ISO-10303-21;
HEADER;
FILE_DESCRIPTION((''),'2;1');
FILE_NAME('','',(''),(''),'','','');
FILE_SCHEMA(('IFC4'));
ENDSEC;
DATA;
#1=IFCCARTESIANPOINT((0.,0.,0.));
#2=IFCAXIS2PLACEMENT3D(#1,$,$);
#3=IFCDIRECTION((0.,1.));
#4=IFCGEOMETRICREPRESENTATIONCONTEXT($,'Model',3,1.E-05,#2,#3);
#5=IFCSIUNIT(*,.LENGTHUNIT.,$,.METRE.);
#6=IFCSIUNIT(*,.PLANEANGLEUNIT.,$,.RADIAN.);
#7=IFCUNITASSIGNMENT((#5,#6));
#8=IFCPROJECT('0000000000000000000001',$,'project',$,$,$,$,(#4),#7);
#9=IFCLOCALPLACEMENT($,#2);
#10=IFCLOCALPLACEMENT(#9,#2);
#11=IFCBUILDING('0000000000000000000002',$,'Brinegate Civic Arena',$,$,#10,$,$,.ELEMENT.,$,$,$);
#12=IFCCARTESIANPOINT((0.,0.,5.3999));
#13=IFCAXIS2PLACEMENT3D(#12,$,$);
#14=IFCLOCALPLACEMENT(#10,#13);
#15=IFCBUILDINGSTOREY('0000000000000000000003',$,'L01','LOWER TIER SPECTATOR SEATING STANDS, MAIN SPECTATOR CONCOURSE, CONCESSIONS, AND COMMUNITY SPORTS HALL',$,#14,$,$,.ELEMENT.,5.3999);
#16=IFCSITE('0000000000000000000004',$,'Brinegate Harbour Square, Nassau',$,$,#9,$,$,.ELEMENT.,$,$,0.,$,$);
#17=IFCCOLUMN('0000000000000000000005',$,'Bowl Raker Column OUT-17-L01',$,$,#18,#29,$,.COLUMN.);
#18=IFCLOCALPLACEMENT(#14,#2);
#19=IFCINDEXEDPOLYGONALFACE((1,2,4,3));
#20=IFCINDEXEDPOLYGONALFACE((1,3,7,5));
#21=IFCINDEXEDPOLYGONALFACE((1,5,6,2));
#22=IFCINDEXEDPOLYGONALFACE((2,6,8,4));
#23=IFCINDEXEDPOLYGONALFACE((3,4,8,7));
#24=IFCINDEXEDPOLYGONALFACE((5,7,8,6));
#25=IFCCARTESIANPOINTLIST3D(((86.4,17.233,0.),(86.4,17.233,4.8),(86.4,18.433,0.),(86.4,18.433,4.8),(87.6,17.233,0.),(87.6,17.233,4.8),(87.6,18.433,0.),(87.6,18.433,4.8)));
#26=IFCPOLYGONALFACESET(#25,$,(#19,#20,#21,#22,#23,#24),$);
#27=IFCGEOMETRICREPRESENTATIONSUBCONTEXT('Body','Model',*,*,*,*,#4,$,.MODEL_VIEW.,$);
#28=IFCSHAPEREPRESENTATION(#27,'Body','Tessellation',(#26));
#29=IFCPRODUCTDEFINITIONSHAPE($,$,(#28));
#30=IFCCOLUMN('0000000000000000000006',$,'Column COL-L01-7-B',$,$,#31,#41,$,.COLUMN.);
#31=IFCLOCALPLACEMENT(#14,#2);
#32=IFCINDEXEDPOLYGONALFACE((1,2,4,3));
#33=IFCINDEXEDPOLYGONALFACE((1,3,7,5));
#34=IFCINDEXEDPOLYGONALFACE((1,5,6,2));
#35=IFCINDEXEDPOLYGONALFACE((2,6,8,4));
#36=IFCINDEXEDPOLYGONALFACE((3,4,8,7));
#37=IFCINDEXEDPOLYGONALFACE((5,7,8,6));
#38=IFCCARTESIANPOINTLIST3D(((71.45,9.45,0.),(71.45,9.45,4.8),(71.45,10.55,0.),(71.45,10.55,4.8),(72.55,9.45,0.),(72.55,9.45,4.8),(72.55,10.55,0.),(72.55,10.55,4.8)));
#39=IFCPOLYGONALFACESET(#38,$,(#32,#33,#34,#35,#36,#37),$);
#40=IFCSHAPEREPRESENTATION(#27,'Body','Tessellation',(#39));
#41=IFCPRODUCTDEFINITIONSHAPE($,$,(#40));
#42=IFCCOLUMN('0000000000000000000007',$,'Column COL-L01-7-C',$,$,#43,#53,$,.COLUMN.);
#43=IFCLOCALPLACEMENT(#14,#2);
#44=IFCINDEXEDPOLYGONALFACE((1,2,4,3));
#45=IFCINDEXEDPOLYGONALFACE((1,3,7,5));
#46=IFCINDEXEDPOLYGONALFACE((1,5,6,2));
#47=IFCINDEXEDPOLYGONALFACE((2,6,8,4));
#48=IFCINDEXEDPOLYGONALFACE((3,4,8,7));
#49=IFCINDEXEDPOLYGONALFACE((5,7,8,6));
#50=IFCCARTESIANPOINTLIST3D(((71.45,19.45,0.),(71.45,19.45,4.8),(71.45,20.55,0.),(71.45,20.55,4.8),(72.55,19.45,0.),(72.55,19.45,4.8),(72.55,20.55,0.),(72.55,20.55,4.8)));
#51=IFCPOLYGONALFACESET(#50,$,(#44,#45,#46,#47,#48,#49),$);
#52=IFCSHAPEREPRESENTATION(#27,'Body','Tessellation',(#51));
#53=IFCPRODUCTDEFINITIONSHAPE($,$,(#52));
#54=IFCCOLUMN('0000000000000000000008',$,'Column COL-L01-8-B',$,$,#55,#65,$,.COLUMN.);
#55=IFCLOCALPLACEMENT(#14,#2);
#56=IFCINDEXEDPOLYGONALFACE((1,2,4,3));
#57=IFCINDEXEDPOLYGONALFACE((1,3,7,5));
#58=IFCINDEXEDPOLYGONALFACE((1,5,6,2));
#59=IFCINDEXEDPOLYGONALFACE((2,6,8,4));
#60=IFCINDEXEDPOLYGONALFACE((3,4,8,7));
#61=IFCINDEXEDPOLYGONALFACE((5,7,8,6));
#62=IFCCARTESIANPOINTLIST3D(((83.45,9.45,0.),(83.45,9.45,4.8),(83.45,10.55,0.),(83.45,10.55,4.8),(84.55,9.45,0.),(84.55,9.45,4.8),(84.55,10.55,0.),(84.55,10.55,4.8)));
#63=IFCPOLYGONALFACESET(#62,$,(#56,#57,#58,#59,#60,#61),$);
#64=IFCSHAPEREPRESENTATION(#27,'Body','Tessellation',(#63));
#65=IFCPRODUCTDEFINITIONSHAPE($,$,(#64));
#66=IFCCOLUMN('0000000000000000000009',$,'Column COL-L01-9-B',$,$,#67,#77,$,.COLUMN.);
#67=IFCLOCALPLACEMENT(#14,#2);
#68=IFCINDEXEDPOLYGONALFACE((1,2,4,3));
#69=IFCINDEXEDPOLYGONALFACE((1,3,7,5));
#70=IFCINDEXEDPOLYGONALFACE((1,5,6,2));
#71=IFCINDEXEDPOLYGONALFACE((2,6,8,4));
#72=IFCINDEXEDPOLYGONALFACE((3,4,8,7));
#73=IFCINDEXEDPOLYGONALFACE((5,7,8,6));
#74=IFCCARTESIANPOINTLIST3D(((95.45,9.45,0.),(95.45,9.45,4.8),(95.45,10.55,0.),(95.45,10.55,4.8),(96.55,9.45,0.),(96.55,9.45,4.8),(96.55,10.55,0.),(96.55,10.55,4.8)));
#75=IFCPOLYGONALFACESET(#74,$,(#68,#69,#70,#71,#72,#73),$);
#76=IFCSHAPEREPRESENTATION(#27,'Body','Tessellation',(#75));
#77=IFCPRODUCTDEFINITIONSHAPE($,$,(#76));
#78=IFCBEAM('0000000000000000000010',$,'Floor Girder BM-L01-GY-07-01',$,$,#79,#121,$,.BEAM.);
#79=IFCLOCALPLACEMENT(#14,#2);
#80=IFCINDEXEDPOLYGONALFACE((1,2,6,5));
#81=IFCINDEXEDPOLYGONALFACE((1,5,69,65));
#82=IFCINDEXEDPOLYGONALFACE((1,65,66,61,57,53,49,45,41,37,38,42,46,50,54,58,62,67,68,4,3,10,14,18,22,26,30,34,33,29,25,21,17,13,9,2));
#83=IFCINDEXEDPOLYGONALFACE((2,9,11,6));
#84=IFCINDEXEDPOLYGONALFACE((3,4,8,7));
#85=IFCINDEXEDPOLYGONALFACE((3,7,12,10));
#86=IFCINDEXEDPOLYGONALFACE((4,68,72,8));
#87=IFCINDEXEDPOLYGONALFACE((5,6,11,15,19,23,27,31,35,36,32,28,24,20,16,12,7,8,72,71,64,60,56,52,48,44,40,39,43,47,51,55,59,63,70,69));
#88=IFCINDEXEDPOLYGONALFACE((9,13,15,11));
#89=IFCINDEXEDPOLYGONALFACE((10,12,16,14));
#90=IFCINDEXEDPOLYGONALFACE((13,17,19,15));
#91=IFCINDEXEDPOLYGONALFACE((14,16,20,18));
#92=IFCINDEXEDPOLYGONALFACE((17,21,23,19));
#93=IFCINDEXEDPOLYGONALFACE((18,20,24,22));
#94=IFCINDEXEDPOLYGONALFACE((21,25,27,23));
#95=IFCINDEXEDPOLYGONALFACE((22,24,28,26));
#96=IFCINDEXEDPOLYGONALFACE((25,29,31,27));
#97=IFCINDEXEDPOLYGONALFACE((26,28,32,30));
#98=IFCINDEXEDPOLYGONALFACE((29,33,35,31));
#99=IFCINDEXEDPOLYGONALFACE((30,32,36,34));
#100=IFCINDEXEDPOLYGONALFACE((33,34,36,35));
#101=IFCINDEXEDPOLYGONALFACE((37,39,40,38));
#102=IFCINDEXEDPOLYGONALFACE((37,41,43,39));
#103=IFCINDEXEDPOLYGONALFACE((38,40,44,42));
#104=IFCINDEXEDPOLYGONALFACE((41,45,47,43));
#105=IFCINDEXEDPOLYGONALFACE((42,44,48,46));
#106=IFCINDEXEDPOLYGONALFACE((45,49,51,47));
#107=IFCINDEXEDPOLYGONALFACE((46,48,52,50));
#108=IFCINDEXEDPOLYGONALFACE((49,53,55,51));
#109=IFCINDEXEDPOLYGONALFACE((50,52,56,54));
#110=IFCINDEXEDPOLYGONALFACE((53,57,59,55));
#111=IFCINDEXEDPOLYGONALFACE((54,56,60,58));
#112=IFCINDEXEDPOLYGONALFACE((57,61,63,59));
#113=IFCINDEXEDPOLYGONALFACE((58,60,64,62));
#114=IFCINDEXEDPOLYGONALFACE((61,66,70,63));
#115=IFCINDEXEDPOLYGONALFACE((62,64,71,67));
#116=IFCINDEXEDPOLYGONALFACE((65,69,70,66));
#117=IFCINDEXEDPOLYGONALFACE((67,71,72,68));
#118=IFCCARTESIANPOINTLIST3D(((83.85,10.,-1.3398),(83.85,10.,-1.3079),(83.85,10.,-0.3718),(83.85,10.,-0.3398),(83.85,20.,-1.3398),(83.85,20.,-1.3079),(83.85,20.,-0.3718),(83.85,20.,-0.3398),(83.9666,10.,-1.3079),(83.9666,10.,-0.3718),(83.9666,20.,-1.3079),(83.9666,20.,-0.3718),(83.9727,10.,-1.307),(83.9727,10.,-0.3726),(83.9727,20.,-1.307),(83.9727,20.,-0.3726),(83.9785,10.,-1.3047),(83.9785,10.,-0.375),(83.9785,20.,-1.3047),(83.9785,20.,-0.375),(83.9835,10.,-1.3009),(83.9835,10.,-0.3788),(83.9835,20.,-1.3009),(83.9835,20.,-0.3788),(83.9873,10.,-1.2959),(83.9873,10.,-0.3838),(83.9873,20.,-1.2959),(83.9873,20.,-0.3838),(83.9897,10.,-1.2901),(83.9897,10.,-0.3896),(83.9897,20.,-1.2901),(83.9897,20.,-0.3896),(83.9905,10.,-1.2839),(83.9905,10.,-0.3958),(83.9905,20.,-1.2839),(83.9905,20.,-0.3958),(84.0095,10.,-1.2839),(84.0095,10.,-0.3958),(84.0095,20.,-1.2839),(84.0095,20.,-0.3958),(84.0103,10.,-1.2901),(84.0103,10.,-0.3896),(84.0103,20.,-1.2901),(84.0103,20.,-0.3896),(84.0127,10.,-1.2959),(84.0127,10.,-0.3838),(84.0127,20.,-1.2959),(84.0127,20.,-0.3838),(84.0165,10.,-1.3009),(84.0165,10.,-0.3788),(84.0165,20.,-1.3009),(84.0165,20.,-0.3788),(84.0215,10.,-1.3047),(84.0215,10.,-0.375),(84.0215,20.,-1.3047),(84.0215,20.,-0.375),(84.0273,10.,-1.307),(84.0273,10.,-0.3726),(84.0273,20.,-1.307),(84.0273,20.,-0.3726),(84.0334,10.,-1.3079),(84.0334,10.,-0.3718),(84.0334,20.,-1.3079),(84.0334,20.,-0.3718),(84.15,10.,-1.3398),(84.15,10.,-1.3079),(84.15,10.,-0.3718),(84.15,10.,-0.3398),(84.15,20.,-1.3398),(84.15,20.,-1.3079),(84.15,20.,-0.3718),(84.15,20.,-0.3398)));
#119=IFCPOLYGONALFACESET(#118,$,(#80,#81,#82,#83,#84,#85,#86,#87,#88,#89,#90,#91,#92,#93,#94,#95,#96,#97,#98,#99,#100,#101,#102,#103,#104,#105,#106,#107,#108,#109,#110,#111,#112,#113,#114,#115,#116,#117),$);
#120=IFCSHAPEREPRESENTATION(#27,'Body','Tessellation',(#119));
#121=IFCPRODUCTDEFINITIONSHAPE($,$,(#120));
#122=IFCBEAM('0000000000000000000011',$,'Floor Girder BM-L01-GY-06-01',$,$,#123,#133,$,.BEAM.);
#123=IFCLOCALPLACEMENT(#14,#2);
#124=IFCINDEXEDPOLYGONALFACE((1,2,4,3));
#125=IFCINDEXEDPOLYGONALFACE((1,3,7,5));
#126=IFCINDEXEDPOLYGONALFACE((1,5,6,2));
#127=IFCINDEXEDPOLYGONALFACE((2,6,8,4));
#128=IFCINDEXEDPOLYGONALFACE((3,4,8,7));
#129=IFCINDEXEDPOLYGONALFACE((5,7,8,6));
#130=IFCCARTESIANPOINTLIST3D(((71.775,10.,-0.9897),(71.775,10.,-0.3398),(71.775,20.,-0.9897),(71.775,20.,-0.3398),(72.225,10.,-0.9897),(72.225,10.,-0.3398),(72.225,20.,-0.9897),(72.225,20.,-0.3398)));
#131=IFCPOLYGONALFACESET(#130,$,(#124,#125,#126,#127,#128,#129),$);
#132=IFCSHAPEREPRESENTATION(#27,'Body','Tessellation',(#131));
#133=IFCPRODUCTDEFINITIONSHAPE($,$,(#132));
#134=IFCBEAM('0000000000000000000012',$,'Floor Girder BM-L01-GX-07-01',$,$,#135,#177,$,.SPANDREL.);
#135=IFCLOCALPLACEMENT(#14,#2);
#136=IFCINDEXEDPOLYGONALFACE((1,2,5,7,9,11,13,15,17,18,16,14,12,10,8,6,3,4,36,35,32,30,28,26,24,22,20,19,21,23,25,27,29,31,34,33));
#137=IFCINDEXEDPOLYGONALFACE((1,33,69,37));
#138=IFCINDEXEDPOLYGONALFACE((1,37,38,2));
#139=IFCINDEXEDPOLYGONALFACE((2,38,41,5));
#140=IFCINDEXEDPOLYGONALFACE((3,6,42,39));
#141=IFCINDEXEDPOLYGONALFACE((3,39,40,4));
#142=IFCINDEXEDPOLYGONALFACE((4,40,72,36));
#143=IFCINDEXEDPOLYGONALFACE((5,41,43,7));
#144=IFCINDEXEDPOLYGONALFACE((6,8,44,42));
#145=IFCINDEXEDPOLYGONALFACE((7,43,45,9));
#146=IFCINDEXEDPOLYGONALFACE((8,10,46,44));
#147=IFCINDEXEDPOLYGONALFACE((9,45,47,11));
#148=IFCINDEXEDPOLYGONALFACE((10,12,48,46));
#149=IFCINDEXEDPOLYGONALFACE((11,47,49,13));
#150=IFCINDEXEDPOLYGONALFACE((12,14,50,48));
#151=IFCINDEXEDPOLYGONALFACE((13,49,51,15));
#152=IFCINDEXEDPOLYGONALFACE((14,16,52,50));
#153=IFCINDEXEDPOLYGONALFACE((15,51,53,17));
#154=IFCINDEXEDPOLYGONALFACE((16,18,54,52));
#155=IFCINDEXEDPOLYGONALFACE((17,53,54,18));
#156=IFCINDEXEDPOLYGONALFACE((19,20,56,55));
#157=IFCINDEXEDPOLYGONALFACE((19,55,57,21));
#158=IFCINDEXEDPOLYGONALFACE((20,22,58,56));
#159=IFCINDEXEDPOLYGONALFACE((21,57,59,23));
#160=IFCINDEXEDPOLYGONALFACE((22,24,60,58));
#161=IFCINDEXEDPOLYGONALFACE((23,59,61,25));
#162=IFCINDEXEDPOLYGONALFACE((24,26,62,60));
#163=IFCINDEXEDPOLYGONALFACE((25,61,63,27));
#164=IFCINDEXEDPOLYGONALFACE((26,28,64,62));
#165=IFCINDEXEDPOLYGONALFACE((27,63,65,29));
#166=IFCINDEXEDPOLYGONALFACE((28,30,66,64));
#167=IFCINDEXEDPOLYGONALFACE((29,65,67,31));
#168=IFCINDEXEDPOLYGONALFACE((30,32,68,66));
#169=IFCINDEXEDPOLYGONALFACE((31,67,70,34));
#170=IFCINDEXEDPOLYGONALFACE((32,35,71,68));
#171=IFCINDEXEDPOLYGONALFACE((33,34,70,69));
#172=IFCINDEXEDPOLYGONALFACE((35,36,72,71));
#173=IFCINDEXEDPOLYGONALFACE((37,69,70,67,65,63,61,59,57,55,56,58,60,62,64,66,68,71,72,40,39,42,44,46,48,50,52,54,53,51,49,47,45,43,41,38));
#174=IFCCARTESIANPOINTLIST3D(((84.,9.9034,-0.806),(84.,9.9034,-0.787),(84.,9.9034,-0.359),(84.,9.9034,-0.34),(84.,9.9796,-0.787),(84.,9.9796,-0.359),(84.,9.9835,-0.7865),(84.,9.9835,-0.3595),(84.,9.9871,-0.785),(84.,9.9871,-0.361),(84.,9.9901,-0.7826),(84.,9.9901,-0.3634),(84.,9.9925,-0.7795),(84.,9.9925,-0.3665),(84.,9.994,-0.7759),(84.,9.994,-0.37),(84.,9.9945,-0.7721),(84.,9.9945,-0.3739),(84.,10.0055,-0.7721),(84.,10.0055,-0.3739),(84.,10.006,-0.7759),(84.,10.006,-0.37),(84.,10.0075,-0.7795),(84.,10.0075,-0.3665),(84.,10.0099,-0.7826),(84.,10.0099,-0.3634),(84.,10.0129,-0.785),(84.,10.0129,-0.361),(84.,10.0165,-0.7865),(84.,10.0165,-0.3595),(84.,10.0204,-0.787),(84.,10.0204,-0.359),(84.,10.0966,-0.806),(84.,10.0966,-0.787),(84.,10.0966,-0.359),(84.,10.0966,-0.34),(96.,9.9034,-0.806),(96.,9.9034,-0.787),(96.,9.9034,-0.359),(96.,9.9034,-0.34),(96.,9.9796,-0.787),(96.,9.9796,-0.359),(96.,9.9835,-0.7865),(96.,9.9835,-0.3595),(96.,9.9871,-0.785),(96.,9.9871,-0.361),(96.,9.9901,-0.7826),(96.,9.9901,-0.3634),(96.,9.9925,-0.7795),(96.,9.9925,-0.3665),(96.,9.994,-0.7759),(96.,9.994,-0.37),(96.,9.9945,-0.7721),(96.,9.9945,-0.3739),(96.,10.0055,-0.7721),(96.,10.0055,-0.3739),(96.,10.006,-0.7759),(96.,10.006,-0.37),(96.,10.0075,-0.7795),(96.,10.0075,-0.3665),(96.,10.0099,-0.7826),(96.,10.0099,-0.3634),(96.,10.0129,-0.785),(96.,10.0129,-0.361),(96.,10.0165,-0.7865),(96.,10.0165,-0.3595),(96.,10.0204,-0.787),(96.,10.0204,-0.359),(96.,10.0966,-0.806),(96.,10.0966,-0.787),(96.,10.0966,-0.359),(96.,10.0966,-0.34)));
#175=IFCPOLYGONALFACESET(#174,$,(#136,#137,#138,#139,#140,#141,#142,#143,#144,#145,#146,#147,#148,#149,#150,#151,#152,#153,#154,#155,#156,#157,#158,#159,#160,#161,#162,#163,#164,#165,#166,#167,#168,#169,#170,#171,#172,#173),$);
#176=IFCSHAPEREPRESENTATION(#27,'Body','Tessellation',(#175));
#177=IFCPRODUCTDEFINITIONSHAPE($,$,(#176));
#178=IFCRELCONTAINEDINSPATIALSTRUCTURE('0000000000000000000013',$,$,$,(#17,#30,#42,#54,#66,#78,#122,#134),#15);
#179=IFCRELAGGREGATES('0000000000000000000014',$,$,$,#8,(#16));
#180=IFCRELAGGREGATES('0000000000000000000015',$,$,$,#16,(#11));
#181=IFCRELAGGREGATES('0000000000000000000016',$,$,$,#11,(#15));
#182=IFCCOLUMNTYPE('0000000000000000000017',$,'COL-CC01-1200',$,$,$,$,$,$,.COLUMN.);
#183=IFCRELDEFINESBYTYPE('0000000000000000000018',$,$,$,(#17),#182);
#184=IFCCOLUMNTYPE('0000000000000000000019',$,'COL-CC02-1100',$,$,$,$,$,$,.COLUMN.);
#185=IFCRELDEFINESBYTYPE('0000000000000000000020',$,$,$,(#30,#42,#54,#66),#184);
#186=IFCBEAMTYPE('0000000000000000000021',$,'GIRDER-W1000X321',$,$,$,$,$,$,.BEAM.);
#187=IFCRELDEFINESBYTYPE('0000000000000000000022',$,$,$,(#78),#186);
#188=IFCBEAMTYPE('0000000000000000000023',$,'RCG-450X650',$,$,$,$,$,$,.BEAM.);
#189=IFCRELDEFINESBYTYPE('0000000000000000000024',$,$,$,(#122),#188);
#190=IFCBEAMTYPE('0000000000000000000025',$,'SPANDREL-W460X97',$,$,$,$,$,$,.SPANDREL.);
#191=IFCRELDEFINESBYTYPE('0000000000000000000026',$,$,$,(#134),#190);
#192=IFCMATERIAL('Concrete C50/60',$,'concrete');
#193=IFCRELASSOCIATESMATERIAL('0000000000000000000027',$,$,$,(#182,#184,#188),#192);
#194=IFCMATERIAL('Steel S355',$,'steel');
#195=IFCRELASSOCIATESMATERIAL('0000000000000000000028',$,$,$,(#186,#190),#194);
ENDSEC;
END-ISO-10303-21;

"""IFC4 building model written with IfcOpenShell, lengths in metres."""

from ifc_helpers import new_model, si_unit, direction, frame, origin, origin_2d, place, context, subcontext, project, spatial, rectangle, i_section, extrude, material, material_profile, profile_set, type_object, element, save


model = new_model("IFC4")

# Units and contexts
model_context = context("Model", 3, precision=1e-05, world=origin(), true_north=direction((0.0, 1.0)))
body_context = subcontext(model_context, "Body", "Model", "MODEL_VIEW")
ifc_project = project(units=[si_unit("LENGTHUNIT", "METRE"), si_unit("PLANEANGLEUNIT", "RADIAN")], contexts=[model_context])

# Site, building, storey
site_placement = place(None, origin())
site = spatial("IfcSite", under=ifc_project, at=site_placement, Name="Brinegate Harbour Square, Nassau", CompositionType="ELEMENT", RefElevation=0.0)
building_placement = place(site_placement, origin())
building = spatial("IfcBuilding", under=site, at=building_placement, Name="Brinegate Civic Arena", CompositionType="ELEMENT")
storey_placement = place(building_placement, frame((0.0, 0.0, 5.3999)))
storey = spatial("IfcBuildingStorey", under=building, at=storey_placement, Name="L01", Description="LOWER TIER SPECTATOR SEATING STANDS, MAIN SPECTATOR CONCOURSE, CONCESSIONS, AND COMMUNITY SPORTS HALL", CompositionType="ELEMENT", Elevation=5.3999)

# Columns
ifc_material_1 = material(Name="Concrete C50/60", Category="concrete")
ifc_material_profile_1 = material_profile(ifc_material_1, rectangle(XDim=1.2, YDim=1.2, at=origin_2d()), Name="RC1200X1200")
ifc_profile_set_1 = profile_set([ifc_material_profile_1], Name="Concrete C50/60")
column_type_1 = type_object("IfcColumnType", Name="COL-CC01-1200", PredefinedType="COLUMN", material=ifc_profile_set_1)
column_placement = place(storey_placement, frame((87.0, 17.833, 0.0), z_axis=(0.0, 0.0, 1.0), x_axis=(1.0, 0.0, 0.0)))
element("IfcColumn", 1, at=column_placement, inside=storey, type_object=column_type_1, Name="Bowl Raker Column OUT-17-L01", PredefinedType="COLUMN", context=body_context, shape_type="SweptSolid", body=[
    extrude(rectangle(XDim=1.2, YDim=1.2, at=origin_2d()), origin(), (0.0, 0.0, 1.0), 4.8),
])
ifc_material_profile_2 = material_profile(ifc_material_1, rectangle(XDim=1.1001, YDim=1.1001, at=origin_2d()), Name="RC1100X1100")
ifc_profile_set_2 = profile_set([ifc_material_profile_2], Name="Concrete C50/60")
column_type_2 = type_object("IfcColumnType", Name="COL-CC02-1100", PredefinedType="COLUMN", material=ifc_profile_set_2)
for number, where, z_axis, x_axis, name in (
    (2, (72.0, 10.0, 0.0), (0.0, 0.0, 1.0), (1.0, 0.0, 0.0), "Column COL-L01-7-B"),
    (3, (72.0, 20.0, 0.0), (0.0, 0.0, 1.0), (1.0, 0.0, 0.0), "Column COL-L01-7-C"),
    (4, (84.0, 10.0, 0.0), (0.0, 0.0, 1.0), (1.0, 0.0, 0.0), "Column COL-L01-8-B"),
    (5, (96.0, 10.0, 0.0), (0.0, 0.0, 1.0), (1.0, 0.0, 0.0), "Column COL-L01-9-B"),
):
    element("IfcColumn", number, at=place(storey_placement, frame(where, z_axis=z_axis, x_axis=x_axis)), inside=storey, type_object=column_type_2, Name=name, PredefinedType="COLUMN", context=body_context, shape_type="SweptSolid", body=[
        extrude(rectangle(XDim=1.1001, YDim=1.1001, at=origin_2d()), origin(), (0.0, 0.0, 1.0), 4.8),
    ])

# Beams
ifc_material_2 = material(Name="Steel S355", Category="steel")
ifc_material_profile_3 = material_profile(ifc_material_2, i_section(OverallWidth=0.3, OverallDepth=1.0, WebThickness=0.019, FlangeThickness=0.032, FilletRadius=0.0239, at=origin_2d()), Name="W1000X321")
ifc_profile_set_3 = profile_set([ifc_material_profile_3], Name="Steel S355")
beam_type_1 = type_object("IfcBeamType", Name="GIRDER-W1000X321", PredefinedType="BEAM", material=ifc_profile_set_3)
beam_1_placement = place(storey_placement, frame((84.0, 10.0, -0.8398), z_axis=(0.0, 1.0, 0.0), x_axis=(-1.0, 0.0, 0.0)))
element("IfcBeam", 6, at=beam_1_placement, inside=storey, type_object=beam_type_1, Name="Floor Girder BM-L01-GY-07-01", PredefinedType="BEAM", context=body_context, shape_type="SweptSolid", body=[
    extrude(i_section(OverallWidth=0.3, OverallDepth=1.0, WebThickness=0.019, FlangeThickness=0.032, FilletRadius=0.0239, at=origin_2d()), origin(), (0.0, 0.0, 1.0), 10.0),
])
ifc_material_profile_4 = material_profile(ifc_material_1, rectangle(XDim=0.45, YDim=0.6499, at=origin_2d()), Name="RCB450X650")
ifc_profile_set_4 = profile_set([ifc_material_profile_4], Name="Concrete C50/60")
beam_type_2 = type_object("IfcBeamType", Name="RCG-450X650", PredefinedType="BEAM", material=ifc_profile_set_4)
beam_2_placement = place(storey_placement, frame((72.0, 10.0, -0.6648), z_axis=(0.0, 1.0, 0.0), x_axis=(-1.0, 0.0, 0.0)))
element("IfcBeam", 7, at=beam_2_placement, inside=storey, type_object=beam_type_2, Name="Floor Girder BM-L01-GY-06-01", PredefinedType="BEAM", context=body_context, shape_type="SweptSolid", body=[
    extrude(rectangle(XDim=0.45, YDim=0.6499, at=origin_2d()), origin(), (0.0, 0.0, 1.0), 10.0),
])
ifc_material_profile_5 = material_profile(ifc_material_2, i_section(OverallWidth=0.1931, OverallDepth=0.4661, WebThickness=0.011, FlangeThickness=0.019, FilletRadius=0.0149, at=origin_2d()), Name="W460X97")
ifc_profile_set_5 = profile_set([ifc_material_profile_5], Name="Steel S355")
beam_type_3 = type_object("IfcBeamType", Name="SPANDREL-W460X97", PredefinedType="SPANDREL", material=ifc_profile_set_5)
beam_3_placement = place(storey_placement, frame((84.0, 10.0, -0.573), z_axis=(1.0, 0.0, 0.0), x_axis=(0.0, 1.0, 0.0)))
element("IfcBeam", 8, at=beam_3_placement, inside=storey, type_object=beam_type_3, Name="Floor Girder BM-L01-GX-07-01", PredefinedType="SPANDREL", context=body_context, shape_type="SweptSolid", body=[
    extrude(i_section(OverallWidth=0.1931, OverallDepth=0.4661, WebThickness=0.011, FlangeThickness=0.019, FilletRadius=0.0149, at=origin_2d()), origin(), (0.0, 0.0, 1.0), 12.0),
])

save(model, "model.ifc")
